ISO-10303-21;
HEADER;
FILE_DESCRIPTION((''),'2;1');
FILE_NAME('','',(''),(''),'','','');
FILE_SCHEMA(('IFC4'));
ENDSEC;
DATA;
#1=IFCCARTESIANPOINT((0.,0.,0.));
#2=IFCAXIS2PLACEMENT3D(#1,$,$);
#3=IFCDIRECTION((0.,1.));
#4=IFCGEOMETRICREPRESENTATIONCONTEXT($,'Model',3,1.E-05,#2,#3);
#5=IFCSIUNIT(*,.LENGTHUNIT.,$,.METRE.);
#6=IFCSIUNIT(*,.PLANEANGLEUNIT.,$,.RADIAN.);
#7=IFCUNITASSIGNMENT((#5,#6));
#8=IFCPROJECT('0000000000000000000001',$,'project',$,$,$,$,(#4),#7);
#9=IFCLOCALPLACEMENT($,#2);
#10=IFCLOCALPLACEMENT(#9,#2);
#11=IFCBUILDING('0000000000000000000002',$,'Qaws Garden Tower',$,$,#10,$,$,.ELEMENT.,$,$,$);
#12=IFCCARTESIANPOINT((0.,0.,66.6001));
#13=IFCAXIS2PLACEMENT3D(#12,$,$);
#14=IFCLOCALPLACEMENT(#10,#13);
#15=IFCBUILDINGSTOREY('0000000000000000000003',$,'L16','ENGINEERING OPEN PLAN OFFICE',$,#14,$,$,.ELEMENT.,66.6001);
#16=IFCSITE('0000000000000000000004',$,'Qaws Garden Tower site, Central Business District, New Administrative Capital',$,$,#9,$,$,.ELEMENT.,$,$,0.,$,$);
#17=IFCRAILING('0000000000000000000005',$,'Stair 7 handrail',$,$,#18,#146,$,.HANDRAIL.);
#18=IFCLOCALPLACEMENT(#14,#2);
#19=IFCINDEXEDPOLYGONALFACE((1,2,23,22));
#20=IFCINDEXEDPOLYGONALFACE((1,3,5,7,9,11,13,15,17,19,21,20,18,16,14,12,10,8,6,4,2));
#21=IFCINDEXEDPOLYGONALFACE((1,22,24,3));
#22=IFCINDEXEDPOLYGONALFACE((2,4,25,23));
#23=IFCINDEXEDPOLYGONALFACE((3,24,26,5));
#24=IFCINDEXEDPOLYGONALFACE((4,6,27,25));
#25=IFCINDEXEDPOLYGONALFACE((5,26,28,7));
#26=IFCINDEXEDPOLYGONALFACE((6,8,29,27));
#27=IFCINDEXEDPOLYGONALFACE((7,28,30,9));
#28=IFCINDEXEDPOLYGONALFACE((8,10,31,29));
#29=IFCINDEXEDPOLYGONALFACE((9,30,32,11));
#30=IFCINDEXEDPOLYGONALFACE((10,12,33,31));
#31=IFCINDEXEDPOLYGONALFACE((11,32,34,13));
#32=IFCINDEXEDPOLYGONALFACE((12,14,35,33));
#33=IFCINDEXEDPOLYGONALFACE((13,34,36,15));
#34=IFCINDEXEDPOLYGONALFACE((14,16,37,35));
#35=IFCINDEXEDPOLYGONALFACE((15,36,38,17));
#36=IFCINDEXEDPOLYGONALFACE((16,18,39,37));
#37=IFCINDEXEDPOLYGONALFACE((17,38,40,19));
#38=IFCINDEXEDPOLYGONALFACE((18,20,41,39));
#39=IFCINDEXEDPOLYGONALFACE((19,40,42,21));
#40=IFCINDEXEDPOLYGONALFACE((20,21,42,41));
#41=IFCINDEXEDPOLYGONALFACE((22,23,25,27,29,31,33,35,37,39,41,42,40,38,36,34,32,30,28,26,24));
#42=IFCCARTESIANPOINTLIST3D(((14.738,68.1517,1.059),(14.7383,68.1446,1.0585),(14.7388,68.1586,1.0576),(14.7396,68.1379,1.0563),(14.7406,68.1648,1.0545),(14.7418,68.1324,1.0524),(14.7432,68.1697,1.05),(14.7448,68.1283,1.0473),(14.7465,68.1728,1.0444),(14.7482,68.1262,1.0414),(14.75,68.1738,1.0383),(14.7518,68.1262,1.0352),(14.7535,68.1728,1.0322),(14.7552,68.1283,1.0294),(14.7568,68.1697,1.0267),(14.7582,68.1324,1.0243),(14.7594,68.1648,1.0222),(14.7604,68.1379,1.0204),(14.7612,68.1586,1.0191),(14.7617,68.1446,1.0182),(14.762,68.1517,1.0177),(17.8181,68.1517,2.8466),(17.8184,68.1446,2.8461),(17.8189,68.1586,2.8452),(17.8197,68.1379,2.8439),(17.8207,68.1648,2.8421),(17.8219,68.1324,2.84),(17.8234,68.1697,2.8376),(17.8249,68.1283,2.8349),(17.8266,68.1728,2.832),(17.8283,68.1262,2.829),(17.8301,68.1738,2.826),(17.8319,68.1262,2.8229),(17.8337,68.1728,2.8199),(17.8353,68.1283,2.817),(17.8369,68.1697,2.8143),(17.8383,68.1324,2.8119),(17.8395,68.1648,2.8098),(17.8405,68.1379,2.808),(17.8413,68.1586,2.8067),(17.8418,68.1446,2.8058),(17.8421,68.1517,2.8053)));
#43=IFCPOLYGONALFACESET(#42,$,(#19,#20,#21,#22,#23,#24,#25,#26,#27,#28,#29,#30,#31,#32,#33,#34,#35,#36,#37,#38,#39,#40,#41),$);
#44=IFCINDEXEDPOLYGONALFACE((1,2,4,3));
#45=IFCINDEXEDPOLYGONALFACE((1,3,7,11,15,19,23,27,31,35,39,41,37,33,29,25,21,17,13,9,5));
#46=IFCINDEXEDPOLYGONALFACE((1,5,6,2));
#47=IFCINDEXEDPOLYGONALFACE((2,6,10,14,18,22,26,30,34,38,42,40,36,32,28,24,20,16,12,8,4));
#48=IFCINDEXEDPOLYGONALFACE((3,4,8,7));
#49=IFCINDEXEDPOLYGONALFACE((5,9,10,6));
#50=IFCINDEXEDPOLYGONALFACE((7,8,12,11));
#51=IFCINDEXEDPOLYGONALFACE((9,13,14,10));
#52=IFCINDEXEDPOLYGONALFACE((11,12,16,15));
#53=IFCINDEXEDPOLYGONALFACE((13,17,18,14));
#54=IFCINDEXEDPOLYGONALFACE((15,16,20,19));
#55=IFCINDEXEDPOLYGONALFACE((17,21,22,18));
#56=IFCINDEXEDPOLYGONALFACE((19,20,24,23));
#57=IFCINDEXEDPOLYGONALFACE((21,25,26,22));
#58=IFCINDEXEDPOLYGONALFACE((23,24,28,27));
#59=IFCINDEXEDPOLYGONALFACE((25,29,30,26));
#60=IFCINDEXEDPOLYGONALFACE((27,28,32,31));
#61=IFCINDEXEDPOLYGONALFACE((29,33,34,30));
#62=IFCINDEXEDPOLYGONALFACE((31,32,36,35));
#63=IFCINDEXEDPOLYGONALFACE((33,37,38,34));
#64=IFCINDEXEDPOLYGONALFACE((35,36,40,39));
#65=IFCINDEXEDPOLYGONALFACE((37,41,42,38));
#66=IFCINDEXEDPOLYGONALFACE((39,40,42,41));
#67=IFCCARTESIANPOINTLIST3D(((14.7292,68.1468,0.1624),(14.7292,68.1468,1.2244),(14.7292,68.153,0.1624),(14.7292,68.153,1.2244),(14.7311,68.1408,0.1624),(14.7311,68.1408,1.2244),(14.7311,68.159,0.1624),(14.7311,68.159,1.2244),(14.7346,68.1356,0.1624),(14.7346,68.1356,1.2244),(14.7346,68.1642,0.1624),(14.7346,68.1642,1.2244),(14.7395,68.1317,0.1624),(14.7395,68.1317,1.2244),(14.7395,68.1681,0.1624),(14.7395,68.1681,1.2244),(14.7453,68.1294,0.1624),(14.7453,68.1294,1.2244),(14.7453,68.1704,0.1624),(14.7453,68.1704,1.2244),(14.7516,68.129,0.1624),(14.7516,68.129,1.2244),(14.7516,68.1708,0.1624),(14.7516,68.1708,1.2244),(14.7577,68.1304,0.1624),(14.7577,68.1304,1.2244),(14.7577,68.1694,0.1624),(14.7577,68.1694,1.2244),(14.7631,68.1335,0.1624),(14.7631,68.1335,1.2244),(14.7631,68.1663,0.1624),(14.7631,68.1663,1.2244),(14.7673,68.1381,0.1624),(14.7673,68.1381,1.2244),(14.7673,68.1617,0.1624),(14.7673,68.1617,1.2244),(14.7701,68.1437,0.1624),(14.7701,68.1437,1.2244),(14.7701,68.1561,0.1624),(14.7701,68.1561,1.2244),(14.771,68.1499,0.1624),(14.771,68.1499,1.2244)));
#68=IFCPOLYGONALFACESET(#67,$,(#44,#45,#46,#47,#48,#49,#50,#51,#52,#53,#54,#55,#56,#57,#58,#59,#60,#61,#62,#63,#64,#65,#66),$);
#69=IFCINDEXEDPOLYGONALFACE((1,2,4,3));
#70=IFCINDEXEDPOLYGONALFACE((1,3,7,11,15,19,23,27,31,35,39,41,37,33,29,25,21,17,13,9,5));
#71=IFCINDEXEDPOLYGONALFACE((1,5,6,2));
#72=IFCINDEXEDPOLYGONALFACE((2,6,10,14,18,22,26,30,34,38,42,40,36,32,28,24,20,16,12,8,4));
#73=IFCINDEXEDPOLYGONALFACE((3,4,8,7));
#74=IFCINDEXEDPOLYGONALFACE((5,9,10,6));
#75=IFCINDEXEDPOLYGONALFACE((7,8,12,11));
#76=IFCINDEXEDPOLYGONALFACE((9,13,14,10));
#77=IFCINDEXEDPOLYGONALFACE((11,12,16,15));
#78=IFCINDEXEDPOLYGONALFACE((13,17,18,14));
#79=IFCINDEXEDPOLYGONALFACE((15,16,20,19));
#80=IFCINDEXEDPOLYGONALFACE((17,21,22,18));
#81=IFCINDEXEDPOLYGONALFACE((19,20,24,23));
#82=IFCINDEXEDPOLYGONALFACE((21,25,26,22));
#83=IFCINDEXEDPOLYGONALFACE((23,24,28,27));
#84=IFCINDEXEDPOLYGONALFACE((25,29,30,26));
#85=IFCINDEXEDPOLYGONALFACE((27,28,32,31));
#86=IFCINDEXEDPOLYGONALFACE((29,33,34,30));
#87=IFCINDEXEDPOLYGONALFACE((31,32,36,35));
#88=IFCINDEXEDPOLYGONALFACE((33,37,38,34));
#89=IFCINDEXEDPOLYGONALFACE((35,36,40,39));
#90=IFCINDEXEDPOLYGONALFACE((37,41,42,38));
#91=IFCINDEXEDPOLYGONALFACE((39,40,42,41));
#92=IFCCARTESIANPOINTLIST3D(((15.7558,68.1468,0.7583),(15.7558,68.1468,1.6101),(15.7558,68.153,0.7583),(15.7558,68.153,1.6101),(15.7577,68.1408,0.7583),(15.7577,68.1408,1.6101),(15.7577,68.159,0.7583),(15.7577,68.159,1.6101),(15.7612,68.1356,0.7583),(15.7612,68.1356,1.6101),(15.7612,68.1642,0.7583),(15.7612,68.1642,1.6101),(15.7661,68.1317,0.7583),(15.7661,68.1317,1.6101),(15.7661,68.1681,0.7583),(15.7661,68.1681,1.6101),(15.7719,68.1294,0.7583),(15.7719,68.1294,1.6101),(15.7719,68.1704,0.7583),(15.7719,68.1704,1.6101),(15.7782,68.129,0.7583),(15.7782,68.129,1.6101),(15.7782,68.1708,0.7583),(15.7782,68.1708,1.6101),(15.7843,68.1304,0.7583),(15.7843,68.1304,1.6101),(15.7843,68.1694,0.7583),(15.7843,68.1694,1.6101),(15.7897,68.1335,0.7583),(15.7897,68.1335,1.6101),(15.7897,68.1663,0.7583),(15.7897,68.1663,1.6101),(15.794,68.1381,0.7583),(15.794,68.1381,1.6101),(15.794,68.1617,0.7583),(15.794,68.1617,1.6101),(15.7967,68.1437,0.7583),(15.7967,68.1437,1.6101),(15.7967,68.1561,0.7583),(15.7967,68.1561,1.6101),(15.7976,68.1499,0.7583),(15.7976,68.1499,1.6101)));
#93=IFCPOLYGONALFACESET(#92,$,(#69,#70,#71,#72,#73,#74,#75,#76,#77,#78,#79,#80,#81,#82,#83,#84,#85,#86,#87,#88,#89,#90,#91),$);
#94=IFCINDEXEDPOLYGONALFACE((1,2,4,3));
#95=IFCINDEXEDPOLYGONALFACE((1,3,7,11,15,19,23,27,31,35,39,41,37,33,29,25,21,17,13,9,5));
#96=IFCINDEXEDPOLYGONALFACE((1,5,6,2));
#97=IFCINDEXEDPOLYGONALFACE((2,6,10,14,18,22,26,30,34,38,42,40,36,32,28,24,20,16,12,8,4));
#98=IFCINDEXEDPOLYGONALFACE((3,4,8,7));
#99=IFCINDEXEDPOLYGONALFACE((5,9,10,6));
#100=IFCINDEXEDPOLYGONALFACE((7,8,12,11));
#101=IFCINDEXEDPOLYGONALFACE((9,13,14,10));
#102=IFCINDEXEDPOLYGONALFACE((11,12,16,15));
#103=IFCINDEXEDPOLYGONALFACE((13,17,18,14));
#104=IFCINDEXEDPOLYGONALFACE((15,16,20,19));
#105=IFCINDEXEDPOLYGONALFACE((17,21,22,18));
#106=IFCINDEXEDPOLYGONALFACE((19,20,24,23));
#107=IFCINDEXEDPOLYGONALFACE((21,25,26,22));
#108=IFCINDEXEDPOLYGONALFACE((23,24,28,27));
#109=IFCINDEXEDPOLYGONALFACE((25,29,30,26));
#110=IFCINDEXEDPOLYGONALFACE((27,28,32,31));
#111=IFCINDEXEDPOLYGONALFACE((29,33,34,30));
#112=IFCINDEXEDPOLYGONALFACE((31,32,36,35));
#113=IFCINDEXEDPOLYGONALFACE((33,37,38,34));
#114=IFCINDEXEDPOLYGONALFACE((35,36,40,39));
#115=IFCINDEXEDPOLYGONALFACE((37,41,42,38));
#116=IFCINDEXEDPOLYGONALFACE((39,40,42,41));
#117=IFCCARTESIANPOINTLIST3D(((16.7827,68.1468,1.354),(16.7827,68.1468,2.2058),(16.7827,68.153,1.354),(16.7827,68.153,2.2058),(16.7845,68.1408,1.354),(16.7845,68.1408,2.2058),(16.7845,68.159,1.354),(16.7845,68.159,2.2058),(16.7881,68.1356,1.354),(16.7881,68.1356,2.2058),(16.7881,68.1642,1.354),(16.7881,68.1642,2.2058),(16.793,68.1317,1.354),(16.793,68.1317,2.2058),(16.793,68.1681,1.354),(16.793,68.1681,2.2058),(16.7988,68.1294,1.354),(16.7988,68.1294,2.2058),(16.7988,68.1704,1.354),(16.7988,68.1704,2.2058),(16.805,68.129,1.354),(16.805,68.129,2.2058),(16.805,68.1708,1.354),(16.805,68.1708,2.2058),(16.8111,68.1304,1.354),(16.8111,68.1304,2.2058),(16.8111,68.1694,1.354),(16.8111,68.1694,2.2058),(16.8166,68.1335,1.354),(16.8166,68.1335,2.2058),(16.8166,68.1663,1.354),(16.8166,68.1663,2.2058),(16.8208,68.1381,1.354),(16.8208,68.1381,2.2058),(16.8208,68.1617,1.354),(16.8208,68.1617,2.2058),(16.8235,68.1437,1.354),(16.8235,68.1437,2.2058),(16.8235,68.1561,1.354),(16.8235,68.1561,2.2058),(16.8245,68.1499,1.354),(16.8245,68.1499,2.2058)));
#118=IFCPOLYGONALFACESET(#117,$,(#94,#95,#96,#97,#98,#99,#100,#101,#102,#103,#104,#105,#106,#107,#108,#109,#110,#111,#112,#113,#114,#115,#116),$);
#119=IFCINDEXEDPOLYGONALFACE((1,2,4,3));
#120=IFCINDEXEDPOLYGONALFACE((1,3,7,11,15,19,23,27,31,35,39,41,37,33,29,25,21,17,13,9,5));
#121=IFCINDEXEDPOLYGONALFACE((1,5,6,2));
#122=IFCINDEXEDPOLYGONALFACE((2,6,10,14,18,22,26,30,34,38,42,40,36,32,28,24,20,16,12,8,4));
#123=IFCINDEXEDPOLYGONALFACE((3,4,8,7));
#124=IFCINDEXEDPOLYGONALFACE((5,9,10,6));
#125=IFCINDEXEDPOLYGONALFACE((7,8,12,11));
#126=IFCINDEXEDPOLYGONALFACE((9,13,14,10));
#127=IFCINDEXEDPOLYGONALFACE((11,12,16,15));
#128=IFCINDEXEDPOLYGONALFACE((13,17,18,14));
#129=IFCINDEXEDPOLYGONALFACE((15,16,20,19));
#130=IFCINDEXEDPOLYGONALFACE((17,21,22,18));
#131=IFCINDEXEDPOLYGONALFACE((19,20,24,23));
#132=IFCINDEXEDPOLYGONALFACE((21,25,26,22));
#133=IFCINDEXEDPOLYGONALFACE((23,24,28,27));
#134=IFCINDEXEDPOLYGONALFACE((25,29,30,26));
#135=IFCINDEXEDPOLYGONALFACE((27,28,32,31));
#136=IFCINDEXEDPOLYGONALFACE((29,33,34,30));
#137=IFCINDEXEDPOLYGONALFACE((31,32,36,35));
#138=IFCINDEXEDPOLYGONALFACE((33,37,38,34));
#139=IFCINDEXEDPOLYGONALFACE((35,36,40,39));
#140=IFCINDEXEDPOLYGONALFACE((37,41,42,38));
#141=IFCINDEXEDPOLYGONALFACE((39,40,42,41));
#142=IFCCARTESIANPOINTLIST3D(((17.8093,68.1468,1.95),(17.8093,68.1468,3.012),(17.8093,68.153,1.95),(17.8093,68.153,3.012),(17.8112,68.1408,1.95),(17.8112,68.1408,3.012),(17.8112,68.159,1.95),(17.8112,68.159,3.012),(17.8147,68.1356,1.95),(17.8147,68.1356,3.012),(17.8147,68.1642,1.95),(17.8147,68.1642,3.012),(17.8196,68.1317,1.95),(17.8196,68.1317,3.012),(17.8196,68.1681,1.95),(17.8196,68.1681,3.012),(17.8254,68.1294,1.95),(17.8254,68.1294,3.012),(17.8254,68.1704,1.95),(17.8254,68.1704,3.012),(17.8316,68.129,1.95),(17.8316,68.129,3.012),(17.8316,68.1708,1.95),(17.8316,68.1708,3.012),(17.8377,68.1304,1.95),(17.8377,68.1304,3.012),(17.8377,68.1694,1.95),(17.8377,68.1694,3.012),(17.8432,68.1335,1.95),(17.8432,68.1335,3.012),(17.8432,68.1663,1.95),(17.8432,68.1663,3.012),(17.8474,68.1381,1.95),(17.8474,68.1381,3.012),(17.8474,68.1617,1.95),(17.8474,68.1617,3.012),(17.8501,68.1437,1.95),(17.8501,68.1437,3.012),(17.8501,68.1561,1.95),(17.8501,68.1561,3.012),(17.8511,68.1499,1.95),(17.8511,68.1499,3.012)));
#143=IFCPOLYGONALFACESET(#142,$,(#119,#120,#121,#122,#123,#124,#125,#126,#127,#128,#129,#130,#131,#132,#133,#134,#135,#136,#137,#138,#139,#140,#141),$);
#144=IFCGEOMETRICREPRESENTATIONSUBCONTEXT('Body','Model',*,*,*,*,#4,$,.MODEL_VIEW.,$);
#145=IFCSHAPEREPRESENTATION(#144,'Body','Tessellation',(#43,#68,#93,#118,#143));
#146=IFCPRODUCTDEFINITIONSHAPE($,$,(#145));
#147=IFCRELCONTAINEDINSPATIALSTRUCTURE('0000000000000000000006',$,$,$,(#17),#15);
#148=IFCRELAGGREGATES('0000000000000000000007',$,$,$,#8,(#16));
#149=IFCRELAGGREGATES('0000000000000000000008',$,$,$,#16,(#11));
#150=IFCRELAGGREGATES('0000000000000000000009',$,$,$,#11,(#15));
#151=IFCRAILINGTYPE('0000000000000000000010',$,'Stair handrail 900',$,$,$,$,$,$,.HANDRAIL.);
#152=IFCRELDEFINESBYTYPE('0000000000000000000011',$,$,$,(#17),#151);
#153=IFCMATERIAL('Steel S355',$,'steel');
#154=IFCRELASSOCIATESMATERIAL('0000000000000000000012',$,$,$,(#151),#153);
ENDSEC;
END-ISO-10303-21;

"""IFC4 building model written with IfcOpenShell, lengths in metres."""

from ifc_helpers import new_model, si_unit, direction, frame, origin, origin_2d, place, context, subcontext, project, spatial, circle, extrude, material, type_object, element, save


model = new_model("IFC4")

# Units and contexts
model_context = context("Model", 3, precision=1e-05, world=origin(), true_north=direction((0.0, 1.0)))
body_context = subcontext(model_context, "Body", "Model", "MODEL_VIEW")
ifc_project = project(units=[si_unit("LENGTHUNIT", "METRE"), si_unit("PLANEANGLEUNIT", "RADIAN")], contexts=[model_context])

# Site, building, storey
site_placement = place(None, origin())
site = spatial("IfcSite", under=ifc_project, at=site_placement, Name="Qaws Garden Tower site, Central Business District, New Administrative Capital", CompositionType="ELEMENT", RefElevation=0.0)
building_placement = place(site_placement, origin())
building = spatial("IfcBuilding", under=site, at=building_placement, Name="Qaws Garden Tower", CompositionType="ELEMENT")
storey_placement = place(building_placement, frame((0.0, 0.0, 66.6001)))
storey = spatial("IfcBuildingStorey", under=building, at=storey_placement, Name="L16", Description="ENGINEERING OPEN PLAN OFFICE", CompositionType="ELEMENT", Elevation=66.6001)

# Railing
ifc_material_1 = material(Name="Steel S355", Category="steel")
railing_type = type_object("IfcRailingType", Name="Stair handrail 900", PredefinedType="HANDRAIL", material=ifc_material_1)
railing_1_placement = place(storey_placement, frame((14.75, 68.1499, 0.1624)))
element("IfcRailing", 1, at=railing_1_placement, inside=storey, type_object=railing_type, Name="Stair 7 handrail", PredefinedType="HANDRAIL", context=body_context, shape_type="SweptSolid", body=[
    extrude(circle(Radius=0.0239, at=origin_2d()), frame((0.0, 0.0, 0.876), z_axis=(0.864891, 0.0, 0.50196), x_axis=(0.0, 1.0, 0.0)), (0.0, 0.0, 1.0), 3.5613),
    extrude(circle(Radius=0.021, at=origin_2d()), origin(), (0.0, 0.0, 1.0), 1.062),
    extrude(circle(Radius=0.021, at=origin_2d()), frame((1.0266, 0.0, 0.5959)), (0.0, 0.0, 1.0), 0.8518),
    extrude(circle(Radius=0.021, at=origin_2d()), frame((2.0535, 0.0, 1.1917)), (0.0, 0.0, 1.0), 0.8518),
    extrude(circle(Radius=0.021, at=origin_2d()), frame((3.0801, 0.0, 1.7876)), (0.0, 0.0, 1.0), 1.062),
])

save(model, "model.ifc")
